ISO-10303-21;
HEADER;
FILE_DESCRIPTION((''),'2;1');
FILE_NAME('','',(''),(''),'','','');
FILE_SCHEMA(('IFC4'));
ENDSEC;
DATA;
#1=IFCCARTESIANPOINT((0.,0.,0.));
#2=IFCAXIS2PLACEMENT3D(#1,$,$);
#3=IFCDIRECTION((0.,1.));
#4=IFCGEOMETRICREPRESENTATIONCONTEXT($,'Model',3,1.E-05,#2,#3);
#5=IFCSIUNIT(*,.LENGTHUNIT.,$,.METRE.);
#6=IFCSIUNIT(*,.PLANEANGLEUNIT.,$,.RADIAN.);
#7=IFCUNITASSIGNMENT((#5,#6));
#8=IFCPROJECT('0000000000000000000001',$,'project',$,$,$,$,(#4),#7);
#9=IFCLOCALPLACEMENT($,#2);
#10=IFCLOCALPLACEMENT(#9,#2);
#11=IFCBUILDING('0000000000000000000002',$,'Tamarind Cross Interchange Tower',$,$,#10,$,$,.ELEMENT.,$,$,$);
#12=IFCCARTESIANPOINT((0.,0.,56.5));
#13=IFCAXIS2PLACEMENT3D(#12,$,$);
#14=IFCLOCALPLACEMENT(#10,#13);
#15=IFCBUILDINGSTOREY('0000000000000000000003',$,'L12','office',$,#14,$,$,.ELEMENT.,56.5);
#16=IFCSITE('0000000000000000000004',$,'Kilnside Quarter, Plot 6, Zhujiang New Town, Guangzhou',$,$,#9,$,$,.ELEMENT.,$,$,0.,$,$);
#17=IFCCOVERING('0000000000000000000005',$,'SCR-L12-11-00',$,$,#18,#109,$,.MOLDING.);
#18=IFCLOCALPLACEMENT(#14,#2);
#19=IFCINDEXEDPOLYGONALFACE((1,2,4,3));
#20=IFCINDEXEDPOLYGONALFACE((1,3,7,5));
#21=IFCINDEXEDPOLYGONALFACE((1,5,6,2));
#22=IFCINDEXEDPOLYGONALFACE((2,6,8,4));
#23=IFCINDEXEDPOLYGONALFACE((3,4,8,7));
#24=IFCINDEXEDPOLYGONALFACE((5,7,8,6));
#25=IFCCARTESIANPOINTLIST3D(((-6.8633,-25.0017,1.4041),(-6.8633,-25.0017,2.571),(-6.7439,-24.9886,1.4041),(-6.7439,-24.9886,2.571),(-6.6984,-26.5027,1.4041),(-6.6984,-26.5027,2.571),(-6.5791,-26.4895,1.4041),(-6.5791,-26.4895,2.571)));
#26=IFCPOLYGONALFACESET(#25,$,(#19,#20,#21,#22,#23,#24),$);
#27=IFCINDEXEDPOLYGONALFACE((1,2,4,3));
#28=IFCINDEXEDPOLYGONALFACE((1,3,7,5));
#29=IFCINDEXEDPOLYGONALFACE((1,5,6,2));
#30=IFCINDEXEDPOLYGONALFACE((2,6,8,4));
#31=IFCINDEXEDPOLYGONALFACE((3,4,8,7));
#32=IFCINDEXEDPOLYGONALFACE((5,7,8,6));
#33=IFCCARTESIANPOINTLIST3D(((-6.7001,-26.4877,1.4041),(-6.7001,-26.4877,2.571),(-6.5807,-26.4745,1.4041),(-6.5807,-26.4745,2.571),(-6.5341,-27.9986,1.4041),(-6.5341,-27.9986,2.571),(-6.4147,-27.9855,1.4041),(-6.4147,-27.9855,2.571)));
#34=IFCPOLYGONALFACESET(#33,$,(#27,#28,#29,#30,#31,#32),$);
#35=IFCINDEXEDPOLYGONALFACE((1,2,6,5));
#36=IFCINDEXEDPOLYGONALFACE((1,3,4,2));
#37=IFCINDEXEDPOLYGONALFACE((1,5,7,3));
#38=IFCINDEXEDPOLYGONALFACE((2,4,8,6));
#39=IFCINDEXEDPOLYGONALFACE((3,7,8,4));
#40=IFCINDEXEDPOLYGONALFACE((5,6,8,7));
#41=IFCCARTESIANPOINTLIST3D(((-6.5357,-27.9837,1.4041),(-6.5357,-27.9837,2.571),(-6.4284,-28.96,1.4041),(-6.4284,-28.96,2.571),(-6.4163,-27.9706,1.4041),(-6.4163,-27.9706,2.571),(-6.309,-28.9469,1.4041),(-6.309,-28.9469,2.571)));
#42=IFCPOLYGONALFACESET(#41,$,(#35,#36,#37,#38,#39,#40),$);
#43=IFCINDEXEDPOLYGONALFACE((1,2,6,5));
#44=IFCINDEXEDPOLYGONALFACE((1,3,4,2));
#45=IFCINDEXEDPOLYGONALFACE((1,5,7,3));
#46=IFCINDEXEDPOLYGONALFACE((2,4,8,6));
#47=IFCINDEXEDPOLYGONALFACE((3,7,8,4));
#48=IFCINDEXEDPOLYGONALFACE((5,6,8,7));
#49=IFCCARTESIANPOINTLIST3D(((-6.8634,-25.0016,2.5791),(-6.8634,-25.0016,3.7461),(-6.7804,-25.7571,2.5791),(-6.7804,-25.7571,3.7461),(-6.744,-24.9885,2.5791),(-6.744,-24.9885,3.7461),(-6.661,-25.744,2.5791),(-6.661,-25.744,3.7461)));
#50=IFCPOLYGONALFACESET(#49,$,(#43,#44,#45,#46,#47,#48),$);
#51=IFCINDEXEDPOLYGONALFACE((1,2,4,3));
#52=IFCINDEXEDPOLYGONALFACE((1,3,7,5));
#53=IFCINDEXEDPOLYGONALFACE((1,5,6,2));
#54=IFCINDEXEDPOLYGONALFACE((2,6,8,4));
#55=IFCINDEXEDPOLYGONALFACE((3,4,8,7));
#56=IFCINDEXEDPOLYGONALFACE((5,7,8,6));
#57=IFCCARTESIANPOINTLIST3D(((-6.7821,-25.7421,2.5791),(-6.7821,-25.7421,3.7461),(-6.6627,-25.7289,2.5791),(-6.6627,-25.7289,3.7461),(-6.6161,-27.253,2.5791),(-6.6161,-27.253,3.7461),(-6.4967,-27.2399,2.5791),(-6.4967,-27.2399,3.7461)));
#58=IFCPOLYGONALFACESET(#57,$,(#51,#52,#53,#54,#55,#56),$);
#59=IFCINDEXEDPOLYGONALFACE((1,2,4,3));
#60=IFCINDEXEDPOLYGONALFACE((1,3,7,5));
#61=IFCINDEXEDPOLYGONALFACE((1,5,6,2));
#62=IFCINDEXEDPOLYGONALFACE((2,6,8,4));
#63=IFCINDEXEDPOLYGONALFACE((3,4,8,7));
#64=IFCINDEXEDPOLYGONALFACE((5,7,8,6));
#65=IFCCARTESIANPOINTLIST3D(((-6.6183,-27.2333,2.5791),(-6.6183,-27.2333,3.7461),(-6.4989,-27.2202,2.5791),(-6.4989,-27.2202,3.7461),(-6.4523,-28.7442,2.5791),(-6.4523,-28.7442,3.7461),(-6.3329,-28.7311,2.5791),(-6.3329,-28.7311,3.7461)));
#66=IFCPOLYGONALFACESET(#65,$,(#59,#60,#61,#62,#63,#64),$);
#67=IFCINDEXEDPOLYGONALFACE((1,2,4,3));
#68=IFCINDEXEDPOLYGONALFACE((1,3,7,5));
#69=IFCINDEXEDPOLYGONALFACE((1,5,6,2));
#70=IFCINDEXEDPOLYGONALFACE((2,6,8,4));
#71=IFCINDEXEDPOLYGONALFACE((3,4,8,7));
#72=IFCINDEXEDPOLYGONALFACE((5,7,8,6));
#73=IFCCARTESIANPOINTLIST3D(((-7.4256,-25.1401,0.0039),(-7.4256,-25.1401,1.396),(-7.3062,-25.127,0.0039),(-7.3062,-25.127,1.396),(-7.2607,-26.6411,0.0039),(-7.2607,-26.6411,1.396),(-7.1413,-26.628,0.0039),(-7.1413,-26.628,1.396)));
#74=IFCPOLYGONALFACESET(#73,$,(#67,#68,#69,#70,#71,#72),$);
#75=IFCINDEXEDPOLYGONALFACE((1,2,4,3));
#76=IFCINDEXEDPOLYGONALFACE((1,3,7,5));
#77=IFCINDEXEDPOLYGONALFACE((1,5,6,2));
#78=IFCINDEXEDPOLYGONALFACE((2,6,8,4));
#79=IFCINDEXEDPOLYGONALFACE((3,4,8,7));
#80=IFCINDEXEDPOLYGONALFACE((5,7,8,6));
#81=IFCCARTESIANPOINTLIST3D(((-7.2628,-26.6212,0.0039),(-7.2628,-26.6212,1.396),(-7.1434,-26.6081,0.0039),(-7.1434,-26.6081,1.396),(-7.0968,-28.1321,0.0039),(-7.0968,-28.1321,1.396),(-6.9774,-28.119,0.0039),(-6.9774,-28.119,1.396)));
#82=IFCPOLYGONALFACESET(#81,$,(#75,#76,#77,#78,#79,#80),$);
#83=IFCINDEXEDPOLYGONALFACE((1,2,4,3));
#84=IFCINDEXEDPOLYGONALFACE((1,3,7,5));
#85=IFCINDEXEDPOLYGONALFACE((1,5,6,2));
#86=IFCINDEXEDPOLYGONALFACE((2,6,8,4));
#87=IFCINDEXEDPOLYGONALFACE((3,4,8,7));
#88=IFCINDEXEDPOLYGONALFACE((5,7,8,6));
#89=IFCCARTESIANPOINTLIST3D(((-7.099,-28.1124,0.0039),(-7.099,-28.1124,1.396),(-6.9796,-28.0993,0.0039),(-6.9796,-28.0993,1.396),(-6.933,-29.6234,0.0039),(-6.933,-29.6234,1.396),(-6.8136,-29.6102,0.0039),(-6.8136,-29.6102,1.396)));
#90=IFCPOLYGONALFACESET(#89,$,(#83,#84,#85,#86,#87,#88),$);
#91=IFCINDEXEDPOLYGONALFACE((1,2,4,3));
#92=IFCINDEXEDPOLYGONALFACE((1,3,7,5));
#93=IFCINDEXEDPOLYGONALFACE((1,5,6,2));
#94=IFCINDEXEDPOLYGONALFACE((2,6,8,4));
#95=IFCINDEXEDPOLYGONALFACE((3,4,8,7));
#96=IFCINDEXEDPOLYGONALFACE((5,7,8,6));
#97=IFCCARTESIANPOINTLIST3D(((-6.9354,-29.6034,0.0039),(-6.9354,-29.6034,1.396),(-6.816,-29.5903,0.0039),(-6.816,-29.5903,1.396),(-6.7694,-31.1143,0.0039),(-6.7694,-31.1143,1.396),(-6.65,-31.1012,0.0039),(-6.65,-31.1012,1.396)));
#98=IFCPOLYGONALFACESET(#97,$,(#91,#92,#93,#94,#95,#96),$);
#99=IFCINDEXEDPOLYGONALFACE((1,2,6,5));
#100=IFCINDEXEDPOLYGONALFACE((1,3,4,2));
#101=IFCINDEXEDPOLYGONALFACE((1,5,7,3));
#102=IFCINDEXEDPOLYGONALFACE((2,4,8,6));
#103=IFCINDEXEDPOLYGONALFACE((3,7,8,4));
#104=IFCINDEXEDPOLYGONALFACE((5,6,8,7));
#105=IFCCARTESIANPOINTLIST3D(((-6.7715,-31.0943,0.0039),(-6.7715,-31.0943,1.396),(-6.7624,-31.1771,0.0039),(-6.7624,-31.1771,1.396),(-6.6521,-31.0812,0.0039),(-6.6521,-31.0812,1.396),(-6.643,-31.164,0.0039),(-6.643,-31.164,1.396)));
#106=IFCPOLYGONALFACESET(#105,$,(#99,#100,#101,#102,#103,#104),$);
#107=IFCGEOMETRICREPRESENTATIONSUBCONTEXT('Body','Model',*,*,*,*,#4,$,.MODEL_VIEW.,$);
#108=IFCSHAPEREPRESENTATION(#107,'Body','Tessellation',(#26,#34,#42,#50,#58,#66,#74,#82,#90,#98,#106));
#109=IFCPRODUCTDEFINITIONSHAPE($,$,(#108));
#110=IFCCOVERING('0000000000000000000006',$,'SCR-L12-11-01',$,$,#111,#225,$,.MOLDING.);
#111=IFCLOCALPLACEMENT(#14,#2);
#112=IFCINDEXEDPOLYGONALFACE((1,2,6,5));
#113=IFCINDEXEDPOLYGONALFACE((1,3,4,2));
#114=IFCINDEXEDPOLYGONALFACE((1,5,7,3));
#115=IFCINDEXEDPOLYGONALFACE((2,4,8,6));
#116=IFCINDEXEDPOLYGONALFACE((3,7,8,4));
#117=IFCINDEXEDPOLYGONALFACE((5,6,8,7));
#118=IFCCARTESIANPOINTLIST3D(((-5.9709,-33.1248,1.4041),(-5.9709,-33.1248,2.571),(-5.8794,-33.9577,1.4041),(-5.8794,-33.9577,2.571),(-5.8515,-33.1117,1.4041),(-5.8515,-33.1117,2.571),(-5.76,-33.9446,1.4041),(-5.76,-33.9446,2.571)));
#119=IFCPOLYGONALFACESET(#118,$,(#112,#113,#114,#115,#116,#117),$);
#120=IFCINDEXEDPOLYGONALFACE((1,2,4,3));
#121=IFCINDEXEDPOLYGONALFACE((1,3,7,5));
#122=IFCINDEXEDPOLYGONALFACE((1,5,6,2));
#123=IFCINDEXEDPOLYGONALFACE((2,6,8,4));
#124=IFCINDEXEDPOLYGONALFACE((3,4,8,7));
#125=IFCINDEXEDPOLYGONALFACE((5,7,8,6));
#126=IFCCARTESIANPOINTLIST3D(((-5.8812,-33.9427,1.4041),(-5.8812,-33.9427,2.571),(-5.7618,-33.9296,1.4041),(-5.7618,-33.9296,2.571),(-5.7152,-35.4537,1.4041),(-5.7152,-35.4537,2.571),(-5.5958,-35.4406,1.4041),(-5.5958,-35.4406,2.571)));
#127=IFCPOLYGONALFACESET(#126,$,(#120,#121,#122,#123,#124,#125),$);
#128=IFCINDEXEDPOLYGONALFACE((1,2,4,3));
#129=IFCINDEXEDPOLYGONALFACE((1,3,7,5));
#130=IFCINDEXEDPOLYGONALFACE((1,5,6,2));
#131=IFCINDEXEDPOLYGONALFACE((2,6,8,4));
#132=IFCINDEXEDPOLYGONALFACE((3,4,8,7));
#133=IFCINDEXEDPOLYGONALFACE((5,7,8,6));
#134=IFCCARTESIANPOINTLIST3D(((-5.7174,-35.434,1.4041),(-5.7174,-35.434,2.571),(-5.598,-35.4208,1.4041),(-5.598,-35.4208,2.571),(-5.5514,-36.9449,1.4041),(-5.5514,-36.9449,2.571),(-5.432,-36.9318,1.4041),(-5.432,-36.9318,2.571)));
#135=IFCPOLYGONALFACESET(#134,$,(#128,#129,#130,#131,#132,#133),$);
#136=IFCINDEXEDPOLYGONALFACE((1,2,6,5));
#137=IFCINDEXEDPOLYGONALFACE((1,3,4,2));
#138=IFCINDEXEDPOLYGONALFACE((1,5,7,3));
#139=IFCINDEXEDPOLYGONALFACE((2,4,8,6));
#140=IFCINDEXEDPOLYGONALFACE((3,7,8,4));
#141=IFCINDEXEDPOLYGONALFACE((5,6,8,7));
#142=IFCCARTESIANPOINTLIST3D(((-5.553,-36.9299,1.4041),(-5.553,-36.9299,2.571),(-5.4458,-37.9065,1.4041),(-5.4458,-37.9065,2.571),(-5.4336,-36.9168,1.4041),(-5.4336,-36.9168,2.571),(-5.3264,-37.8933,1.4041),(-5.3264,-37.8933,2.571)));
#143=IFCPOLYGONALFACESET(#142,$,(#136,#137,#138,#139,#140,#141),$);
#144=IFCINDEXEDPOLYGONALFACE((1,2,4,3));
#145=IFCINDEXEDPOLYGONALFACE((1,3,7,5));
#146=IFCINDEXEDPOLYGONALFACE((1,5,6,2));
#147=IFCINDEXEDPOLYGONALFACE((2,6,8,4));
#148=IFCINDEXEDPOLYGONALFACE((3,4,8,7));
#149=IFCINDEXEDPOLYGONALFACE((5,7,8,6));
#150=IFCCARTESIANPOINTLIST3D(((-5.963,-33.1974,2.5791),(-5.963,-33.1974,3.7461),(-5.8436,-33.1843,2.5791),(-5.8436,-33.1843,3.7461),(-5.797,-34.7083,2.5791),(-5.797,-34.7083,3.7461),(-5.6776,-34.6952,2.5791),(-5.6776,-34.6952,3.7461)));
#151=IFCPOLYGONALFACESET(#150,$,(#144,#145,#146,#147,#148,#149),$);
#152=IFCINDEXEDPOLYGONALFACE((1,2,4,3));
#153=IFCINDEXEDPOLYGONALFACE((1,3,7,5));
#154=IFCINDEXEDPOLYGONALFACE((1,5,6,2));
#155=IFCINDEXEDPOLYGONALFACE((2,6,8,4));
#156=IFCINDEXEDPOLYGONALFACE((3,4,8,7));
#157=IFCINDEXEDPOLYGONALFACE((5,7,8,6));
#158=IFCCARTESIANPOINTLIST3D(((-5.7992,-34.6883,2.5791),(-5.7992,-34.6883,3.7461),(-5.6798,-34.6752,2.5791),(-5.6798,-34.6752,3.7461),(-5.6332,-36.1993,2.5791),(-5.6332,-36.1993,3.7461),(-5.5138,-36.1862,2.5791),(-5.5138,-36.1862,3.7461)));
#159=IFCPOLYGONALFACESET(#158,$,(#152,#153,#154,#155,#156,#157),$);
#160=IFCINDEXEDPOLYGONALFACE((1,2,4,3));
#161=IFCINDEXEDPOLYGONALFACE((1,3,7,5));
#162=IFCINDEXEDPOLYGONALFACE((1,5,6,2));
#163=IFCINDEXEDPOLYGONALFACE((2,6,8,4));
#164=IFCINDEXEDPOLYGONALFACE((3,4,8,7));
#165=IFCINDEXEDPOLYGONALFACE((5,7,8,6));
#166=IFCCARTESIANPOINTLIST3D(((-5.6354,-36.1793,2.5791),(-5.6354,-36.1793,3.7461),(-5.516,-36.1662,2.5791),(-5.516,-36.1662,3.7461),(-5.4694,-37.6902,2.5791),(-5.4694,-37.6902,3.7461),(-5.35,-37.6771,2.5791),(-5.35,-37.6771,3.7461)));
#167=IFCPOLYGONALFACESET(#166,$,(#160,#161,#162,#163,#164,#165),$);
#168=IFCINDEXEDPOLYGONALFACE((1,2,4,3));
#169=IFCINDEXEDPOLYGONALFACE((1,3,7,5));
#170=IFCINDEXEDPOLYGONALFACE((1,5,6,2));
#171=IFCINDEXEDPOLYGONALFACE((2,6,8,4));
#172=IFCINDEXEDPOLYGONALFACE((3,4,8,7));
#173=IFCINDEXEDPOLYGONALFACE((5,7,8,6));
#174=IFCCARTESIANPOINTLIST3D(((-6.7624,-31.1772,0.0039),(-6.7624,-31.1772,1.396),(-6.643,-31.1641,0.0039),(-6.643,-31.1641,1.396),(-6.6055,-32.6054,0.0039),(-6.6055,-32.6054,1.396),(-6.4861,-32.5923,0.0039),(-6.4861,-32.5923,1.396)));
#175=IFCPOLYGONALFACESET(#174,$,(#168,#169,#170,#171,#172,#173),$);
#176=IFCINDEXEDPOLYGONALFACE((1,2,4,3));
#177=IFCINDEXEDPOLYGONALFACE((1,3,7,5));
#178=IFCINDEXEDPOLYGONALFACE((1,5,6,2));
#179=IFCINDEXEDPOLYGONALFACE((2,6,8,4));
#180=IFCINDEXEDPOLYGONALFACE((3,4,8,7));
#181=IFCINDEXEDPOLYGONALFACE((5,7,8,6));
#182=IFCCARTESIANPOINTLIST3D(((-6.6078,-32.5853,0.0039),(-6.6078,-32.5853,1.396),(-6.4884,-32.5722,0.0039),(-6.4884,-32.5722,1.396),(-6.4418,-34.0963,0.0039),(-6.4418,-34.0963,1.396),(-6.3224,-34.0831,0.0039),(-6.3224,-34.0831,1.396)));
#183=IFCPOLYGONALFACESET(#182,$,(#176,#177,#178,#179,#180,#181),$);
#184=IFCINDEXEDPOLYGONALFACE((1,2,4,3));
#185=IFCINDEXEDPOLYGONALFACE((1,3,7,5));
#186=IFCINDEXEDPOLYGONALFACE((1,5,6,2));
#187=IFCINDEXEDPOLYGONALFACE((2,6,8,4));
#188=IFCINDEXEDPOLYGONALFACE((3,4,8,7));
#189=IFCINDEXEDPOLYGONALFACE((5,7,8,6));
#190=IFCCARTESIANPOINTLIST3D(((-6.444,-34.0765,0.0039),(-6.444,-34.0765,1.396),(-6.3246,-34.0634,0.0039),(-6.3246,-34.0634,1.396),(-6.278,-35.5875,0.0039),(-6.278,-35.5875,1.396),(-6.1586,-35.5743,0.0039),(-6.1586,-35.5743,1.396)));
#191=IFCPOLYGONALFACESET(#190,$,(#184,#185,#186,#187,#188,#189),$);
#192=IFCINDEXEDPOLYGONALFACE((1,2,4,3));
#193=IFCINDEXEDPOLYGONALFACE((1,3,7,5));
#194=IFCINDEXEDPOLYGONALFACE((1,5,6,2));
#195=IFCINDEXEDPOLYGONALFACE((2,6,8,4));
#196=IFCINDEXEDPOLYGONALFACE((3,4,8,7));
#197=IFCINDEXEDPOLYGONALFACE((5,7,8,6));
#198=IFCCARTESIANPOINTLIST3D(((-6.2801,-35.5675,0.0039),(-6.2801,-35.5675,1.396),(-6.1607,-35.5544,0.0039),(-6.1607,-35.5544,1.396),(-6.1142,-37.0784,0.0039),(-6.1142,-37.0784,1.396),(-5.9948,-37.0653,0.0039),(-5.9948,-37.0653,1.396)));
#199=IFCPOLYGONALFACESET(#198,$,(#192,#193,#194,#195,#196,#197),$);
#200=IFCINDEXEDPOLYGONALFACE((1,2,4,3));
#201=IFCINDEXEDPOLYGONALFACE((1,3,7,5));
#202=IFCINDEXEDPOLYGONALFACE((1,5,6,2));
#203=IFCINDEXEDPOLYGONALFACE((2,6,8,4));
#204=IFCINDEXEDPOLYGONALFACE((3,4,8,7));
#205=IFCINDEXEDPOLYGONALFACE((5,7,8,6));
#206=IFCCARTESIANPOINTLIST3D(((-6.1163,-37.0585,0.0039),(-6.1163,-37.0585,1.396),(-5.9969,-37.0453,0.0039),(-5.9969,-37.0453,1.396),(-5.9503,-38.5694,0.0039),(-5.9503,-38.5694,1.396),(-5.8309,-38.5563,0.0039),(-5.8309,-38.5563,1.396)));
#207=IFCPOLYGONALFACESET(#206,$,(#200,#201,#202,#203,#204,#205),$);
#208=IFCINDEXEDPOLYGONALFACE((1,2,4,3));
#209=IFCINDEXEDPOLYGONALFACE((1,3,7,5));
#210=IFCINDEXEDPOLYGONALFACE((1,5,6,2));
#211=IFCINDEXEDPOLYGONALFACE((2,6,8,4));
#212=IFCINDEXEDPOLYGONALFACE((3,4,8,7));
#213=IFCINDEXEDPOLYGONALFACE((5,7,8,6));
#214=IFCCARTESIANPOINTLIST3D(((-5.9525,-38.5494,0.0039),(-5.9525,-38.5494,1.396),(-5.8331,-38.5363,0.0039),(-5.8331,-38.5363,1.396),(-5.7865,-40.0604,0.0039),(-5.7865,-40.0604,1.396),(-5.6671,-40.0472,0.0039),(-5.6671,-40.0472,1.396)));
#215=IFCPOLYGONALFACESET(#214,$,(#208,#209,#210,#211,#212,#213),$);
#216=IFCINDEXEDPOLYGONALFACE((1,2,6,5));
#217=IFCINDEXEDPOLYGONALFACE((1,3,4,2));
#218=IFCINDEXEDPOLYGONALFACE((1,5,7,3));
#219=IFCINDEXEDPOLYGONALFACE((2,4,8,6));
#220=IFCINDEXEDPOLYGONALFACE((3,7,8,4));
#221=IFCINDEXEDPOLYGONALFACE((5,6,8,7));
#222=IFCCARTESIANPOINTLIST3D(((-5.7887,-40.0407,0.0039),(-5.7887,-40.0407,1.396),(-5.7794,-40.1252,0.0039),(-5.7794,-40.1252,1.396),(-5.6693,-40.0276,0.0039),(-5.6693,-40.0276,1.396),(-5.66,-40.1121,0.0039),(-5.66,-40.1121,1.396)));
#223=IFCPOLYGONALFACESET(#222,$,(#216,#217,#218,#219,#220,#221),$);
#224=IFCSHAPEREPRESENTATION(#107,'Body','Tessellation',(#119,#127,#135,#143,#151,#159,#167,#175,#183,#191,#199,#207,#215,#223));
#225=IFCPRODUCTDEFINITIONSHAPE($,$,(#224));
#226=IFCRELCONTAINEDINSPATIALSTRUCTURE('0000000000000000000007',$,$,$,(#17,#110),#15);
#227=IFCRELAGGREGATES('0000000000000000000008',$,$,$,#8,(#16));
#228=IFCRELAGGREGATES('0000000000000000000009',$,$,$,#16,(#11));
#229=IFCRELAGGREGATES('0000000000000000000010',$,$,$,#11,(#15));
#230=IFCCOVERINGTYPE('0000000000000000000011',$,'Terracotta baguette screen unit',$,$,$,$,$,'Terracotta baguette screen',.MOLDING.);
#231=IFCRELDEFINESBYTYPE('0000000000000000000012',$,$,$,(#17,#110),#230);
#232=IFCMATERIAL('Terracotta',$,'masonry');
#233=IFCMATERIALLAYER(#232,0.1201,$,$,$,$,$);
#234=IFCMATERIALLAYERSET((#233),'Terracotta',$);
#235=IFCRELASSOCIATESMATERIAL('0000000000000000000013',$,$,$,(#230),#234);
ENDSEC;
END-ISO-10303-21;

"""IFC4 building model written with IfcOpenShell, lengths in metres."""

from ifc_helpers import new_model, si_unit, direction, frame, origin, origin_2d, place, context, subcontext, project, spatial, rectangle, extrude, material, layer, layer_set, type_object, element, save


model = new_model("IFC4")

# Units and contexts
model_context = context("Model", 3, precision=1e-05, world=origin(), true_north=direction((0.0, 1.0)))
body_context = subcontext(model_context, "Body", "Model", "MODEL_VIEW")
ifc_project = project(units=[si_unit("LENGTHUNIT", "METRE"), si_unit("PLANEANGLEUNIT", "RADIAN")], contexts=[model_context])

# Site, building, storey
site_placement = place(None, origin())
site = spatial("IfcSite", under=ifc_project, at=site_placement, Name="Kilnside Quarter, Plot 6, Zhujiang New Town, Guangzhou", CompositionType="ELEMENT", RefElevation=0.0)
building_placement = place(site_placement, origin())
building = spatial("IfcBuilding", under=site, at=building_placement, Name="Tamarind Cross Interchange Tower", CompositionType="ELEMENT")
storey_placement = place(building_placement, frame((0.0, 0.0, 56.5)))
storey = spatial("IfcBuildingStorey", under=building, at=storey_placement, Name="L12", Description="office", CompositionType="ELEMENT", Elevation=56.5)

# Coverings
ifc_material_1 = material(Name="Terracotta", Category="masonry")
ifc_layer_1 = layer(ifc_material_1, 0.1201)
ifc_layer_set_1 = layer_set([ifc_layer_1], Name="Terracotta")
covering_type = type_object("IfcCoveringType", Name="Terracotta baguette screen unit", ElementType="Terracotta baguette screen", PredefinedType="MOLDING", material=ifc_layer_set_1)
covering_1_placement = place(storey_placement, origin())
element("IfcCovering", 1, at=covering_1_placement, inside=storey, type_object=covering_type, Name="SCR-L12-11-00", PredefinedType="MOLDING", context=body_context, shape_type="SweptSolid", body=[
    extrude(rectangle(XDim=1.51, YDim=0.1201, at=origin_2d()), frame((-6.7212, -25.7456, 1.4041), z_axis=(0.0, 0.0, 1.0), x_axis=(0.109193, -0.994021, 0.0)), (0.0, 0.0, 1.0), 1.167),
    extrude(rectangle(XDim=1.52, YDim=0.1201, at=origin_2d()), frame((-6.5574, -27.2366, 1.4041), z_axis=(0.0, 0.0, 1.0), x_axis=(0.109193, -0.994021, 0.0)), (0.0, 0.0, 1.0), 1.167),
    extrude(rectangle(XDim=0.9822, YDim=0.1201, at=origin_2d()), frame((-6.4224, -28.4653, 1.4041), z_axis=(0.0, 0.0, 1.0), x_axis=(0.109193, -0.994021, 0.0)), (0.0, 0.0, 1.0), 1.167),
    extrude(rectangle(XDim=0.76, YDim=0.1201, at=origin_2d()), frame((-6.7622, -25.3728, 2.5791), z_axis=(0.0, 0.0, 1.0), x_axis=(0.109193, -0.994021, 0.0)), (0.0, 0.0, 1.0), 1.167),
    extrude(rectangle(XDim=1.52, YDim=0.1201, at=origin_2d()), frame((-6.6394, -26.491, 2.5791), z_axis=(0.0, 0.0, 1.0), x_axis=(0.109193, -0.994021, 0.0)), (0.0, 0.0, 1.0), 1.167),
    extrude(rectangle(XDim=1.52, YDim=0.1201, at=origin_2d()), frame((-6.4756, -27.9822, 2.5791), z_axis=(0.0, 0.0, 1.0), x_axis=(0.109193, -0.994021, 0.0)), (0.0, 0.0, 1.0), 1.167),
    extrude(rectangle(XDim=1.51, YDim=0.1201, at=origin_2d()), frame((-7.2834, -25.884, 0.0039), z_axis=(0.0, 0.0, 1.0), x_axis=(0.109193, -0.994021, 0.0)), (0.0, 0.0, 1.0), 1.3921),
    extrude(rectangle(XDim=1.52, YDim=0.1201, at=origin_2d()), frame((-7.1201, -27.3701, 0.0039), z_axis=(0.0, 0.0, 1.0), x_axis=(0.109193, -0.994021, 0.0)), (0.0, 0.0, 1.0), 1.3921),
    extrude(rectangle(XDim=1.52, YDim=0.1201, at=origin_2d()), frame((-6.9563, -28.8613, 0.0039), z_axis=(0.0, 0.0, 1.0), x_axis=(0.109193, -0.994021, 0.0)), (0.0, 0.0, 1.0), 1.3921),
    extrude(rectangle(XDim=1.52, YDim=0.1201, at=origin_2d()), frame((-6.7927, -30.3523, 0.0039), z_axis=(0.0, 0.0, 1.0), x_axis=(0.109193, -0.994021, 0.0)), (0.0, 0.0, 1.0), 1.3921),
    extrude(rectangle(XDim=0.0833, YDim=0.1201, at=origin_2d()), frame((-6.7073, -31.1292, 0.0039), z_axis=(0.0, 0.0, 1.0), x_axis=(0.109193, -0.994021, 0.0)), (0.0, 0.0, 1.0), 1.3921),
])
covering_2_placement = place(storey_placement, origin())
element("IfcCovering", 2, at=covering_2_placement, inside=storey, type_object=covering_type, Name="SCR-L12-11-01", PredefinedType="MOLDING", context=body_context, shape_type="SweptSolid", body=[
    extrude(rectangle(XDim=0.8379, YDim=0.1201, at=origin_2d()), frame((-5.8655, -33.5347, 1.4041), z_axis=(0.0, 0.0, 1.0), x_axis=(0.109193, -0.994021, 0.0)), (0.0, 0.0, 1.0), 1.167),
    extrude(rectangle(XDim=1.52, YDim=0.1201, at=origin_2d()), frame((-5.7385, -34.6917, 1.4041), z_axis=(0.0, 0.0, 1.0), x_axis=(0.109193, -0.994021, 0.0)), (0.0, 0.0, 1.0), 1.167),
    extrude(rectangle(XDim=1.52, YDim=0.1201, at=origin_2d()), frame((-5.5747, -36.1829, 1.4041), z_axis=(0.0, 0.0, 1.0), x_axis=(0.109193, -0.994021, 0.0)), (0.0, 0.0, 1.0), 1.167),
    extrude(rectangle(XDim=0.9824, YDim=0.1201, at=origin_2d()), frame((-5.4397, -37.4116, 1.4041), z_axis=(0.0, 0.0, 1.0), x_axis=(0.109193, -0.994021, 0.0)), (0.0, 0.0, 1.0), 1.167),
    extrude(rectangle(XDim=1.52, YDim=0.1201, at=origin_2d()), frame((-5.8203, -33.9463, 2.5791), z_axis=(0.0, 0.0, 1.0), x_axis=(0.109193, -0.994021, 0.0)), (0.0, 0.0, 1.0), 1.167),
    extrude(rectangle(XDim=1.52, YDim=0.1201, at=origin_2d()), frame((-5.6565, -35.4373, 2.5791), z_axis=(0.0, 0.0, 1.0), x_axis=(0.109193, -0.994021, 0.0)), (0.0, 0.0, 1.0), 1.167),
    extrude(rectangle(XDim=1.52, YDim=0.1201, at=origin_2d()), frame((-5.4927, -36.9282, 2.5791), z_axis=(0.0, 0.0, 1.0), x_axis=(0.109193, -0.994021, 0.0)), (0.0, 0.0, 1.0), 1.167),
    extrude(rectangle(XDim=1.4368, YDim=0.1201, at=origin_2d()), frame((-6.6243, -31.8848, 0.0039), z_axis=(0.0, 0.0, 1.0), x_axis=(0.109193, -0.994021, 0.0)), (0.0, 0.0, 1.0), 1.3921),
    extrude(rectangle(XDim=1.52, YDim=0.1201, at=origin_2d()), frame((-6.4651, -33.3342, 0.0039), z_axis=(0.0, 0.0, 1.0), x_axis=(0.109193, -0.994021, 0.0)), (0.0, 0.0, 1.0), 1.3921),
    extrude(rectangle(XDim=1.52, YDim=0.1201, at=origin_2d()), frame((-6.3013, -34.8254, 0.0039), z_axis=(0.0, 0.0, 1.0), x_axis=(0.109193, -0.994021, 0.0)), (0.0, 0.0, 1.0), 1.3921),
    extrude(rectangle(XDim=1.52, YDim=0.1201, at=origin_2d()), frame((-6.1375, -36.3164, 0.0039), z_axis=(0.0, 0.0, 1.0), x_axis=(0.109193, -0.994021, 0.0)), (0.0, 0.0, 1.0), 1.3921),
    extrude(rectangle(XDim=1.52, YDim=0.1201, at=origin_2d()), frame((-5.9736, -37.8074, 0.0039), z_axis=(0.0, 0.0, 1.0), x_axis=(0.109193, -0.994021, 0.0)), (0.0, 0.0, 1.0), 1.3921),
    extrude(rectangle(XDim=1.52, YDim=0.1201, at=origin_2d()), frame((-5.8098, -39.2983, 0.0039), z_axis=(0.0, 0.0, 1.0), x_axis=(0.109193, -0.994021, 0.0)), (0.0, 0.0, 1.0), 1.3921),
    extrude(rectangle(XDim=0.085, YDim=0.1201, at=origin_2d()), frame((-5.7244, -40.0764, 0.0039), z_axis=(0.0, 0.0, 1.0), x_axis=(0.109193, -0.994021, 0.0)), (0.0, 0.0, 1.0), 1.3921),
])

save(model, "model.ifc")
